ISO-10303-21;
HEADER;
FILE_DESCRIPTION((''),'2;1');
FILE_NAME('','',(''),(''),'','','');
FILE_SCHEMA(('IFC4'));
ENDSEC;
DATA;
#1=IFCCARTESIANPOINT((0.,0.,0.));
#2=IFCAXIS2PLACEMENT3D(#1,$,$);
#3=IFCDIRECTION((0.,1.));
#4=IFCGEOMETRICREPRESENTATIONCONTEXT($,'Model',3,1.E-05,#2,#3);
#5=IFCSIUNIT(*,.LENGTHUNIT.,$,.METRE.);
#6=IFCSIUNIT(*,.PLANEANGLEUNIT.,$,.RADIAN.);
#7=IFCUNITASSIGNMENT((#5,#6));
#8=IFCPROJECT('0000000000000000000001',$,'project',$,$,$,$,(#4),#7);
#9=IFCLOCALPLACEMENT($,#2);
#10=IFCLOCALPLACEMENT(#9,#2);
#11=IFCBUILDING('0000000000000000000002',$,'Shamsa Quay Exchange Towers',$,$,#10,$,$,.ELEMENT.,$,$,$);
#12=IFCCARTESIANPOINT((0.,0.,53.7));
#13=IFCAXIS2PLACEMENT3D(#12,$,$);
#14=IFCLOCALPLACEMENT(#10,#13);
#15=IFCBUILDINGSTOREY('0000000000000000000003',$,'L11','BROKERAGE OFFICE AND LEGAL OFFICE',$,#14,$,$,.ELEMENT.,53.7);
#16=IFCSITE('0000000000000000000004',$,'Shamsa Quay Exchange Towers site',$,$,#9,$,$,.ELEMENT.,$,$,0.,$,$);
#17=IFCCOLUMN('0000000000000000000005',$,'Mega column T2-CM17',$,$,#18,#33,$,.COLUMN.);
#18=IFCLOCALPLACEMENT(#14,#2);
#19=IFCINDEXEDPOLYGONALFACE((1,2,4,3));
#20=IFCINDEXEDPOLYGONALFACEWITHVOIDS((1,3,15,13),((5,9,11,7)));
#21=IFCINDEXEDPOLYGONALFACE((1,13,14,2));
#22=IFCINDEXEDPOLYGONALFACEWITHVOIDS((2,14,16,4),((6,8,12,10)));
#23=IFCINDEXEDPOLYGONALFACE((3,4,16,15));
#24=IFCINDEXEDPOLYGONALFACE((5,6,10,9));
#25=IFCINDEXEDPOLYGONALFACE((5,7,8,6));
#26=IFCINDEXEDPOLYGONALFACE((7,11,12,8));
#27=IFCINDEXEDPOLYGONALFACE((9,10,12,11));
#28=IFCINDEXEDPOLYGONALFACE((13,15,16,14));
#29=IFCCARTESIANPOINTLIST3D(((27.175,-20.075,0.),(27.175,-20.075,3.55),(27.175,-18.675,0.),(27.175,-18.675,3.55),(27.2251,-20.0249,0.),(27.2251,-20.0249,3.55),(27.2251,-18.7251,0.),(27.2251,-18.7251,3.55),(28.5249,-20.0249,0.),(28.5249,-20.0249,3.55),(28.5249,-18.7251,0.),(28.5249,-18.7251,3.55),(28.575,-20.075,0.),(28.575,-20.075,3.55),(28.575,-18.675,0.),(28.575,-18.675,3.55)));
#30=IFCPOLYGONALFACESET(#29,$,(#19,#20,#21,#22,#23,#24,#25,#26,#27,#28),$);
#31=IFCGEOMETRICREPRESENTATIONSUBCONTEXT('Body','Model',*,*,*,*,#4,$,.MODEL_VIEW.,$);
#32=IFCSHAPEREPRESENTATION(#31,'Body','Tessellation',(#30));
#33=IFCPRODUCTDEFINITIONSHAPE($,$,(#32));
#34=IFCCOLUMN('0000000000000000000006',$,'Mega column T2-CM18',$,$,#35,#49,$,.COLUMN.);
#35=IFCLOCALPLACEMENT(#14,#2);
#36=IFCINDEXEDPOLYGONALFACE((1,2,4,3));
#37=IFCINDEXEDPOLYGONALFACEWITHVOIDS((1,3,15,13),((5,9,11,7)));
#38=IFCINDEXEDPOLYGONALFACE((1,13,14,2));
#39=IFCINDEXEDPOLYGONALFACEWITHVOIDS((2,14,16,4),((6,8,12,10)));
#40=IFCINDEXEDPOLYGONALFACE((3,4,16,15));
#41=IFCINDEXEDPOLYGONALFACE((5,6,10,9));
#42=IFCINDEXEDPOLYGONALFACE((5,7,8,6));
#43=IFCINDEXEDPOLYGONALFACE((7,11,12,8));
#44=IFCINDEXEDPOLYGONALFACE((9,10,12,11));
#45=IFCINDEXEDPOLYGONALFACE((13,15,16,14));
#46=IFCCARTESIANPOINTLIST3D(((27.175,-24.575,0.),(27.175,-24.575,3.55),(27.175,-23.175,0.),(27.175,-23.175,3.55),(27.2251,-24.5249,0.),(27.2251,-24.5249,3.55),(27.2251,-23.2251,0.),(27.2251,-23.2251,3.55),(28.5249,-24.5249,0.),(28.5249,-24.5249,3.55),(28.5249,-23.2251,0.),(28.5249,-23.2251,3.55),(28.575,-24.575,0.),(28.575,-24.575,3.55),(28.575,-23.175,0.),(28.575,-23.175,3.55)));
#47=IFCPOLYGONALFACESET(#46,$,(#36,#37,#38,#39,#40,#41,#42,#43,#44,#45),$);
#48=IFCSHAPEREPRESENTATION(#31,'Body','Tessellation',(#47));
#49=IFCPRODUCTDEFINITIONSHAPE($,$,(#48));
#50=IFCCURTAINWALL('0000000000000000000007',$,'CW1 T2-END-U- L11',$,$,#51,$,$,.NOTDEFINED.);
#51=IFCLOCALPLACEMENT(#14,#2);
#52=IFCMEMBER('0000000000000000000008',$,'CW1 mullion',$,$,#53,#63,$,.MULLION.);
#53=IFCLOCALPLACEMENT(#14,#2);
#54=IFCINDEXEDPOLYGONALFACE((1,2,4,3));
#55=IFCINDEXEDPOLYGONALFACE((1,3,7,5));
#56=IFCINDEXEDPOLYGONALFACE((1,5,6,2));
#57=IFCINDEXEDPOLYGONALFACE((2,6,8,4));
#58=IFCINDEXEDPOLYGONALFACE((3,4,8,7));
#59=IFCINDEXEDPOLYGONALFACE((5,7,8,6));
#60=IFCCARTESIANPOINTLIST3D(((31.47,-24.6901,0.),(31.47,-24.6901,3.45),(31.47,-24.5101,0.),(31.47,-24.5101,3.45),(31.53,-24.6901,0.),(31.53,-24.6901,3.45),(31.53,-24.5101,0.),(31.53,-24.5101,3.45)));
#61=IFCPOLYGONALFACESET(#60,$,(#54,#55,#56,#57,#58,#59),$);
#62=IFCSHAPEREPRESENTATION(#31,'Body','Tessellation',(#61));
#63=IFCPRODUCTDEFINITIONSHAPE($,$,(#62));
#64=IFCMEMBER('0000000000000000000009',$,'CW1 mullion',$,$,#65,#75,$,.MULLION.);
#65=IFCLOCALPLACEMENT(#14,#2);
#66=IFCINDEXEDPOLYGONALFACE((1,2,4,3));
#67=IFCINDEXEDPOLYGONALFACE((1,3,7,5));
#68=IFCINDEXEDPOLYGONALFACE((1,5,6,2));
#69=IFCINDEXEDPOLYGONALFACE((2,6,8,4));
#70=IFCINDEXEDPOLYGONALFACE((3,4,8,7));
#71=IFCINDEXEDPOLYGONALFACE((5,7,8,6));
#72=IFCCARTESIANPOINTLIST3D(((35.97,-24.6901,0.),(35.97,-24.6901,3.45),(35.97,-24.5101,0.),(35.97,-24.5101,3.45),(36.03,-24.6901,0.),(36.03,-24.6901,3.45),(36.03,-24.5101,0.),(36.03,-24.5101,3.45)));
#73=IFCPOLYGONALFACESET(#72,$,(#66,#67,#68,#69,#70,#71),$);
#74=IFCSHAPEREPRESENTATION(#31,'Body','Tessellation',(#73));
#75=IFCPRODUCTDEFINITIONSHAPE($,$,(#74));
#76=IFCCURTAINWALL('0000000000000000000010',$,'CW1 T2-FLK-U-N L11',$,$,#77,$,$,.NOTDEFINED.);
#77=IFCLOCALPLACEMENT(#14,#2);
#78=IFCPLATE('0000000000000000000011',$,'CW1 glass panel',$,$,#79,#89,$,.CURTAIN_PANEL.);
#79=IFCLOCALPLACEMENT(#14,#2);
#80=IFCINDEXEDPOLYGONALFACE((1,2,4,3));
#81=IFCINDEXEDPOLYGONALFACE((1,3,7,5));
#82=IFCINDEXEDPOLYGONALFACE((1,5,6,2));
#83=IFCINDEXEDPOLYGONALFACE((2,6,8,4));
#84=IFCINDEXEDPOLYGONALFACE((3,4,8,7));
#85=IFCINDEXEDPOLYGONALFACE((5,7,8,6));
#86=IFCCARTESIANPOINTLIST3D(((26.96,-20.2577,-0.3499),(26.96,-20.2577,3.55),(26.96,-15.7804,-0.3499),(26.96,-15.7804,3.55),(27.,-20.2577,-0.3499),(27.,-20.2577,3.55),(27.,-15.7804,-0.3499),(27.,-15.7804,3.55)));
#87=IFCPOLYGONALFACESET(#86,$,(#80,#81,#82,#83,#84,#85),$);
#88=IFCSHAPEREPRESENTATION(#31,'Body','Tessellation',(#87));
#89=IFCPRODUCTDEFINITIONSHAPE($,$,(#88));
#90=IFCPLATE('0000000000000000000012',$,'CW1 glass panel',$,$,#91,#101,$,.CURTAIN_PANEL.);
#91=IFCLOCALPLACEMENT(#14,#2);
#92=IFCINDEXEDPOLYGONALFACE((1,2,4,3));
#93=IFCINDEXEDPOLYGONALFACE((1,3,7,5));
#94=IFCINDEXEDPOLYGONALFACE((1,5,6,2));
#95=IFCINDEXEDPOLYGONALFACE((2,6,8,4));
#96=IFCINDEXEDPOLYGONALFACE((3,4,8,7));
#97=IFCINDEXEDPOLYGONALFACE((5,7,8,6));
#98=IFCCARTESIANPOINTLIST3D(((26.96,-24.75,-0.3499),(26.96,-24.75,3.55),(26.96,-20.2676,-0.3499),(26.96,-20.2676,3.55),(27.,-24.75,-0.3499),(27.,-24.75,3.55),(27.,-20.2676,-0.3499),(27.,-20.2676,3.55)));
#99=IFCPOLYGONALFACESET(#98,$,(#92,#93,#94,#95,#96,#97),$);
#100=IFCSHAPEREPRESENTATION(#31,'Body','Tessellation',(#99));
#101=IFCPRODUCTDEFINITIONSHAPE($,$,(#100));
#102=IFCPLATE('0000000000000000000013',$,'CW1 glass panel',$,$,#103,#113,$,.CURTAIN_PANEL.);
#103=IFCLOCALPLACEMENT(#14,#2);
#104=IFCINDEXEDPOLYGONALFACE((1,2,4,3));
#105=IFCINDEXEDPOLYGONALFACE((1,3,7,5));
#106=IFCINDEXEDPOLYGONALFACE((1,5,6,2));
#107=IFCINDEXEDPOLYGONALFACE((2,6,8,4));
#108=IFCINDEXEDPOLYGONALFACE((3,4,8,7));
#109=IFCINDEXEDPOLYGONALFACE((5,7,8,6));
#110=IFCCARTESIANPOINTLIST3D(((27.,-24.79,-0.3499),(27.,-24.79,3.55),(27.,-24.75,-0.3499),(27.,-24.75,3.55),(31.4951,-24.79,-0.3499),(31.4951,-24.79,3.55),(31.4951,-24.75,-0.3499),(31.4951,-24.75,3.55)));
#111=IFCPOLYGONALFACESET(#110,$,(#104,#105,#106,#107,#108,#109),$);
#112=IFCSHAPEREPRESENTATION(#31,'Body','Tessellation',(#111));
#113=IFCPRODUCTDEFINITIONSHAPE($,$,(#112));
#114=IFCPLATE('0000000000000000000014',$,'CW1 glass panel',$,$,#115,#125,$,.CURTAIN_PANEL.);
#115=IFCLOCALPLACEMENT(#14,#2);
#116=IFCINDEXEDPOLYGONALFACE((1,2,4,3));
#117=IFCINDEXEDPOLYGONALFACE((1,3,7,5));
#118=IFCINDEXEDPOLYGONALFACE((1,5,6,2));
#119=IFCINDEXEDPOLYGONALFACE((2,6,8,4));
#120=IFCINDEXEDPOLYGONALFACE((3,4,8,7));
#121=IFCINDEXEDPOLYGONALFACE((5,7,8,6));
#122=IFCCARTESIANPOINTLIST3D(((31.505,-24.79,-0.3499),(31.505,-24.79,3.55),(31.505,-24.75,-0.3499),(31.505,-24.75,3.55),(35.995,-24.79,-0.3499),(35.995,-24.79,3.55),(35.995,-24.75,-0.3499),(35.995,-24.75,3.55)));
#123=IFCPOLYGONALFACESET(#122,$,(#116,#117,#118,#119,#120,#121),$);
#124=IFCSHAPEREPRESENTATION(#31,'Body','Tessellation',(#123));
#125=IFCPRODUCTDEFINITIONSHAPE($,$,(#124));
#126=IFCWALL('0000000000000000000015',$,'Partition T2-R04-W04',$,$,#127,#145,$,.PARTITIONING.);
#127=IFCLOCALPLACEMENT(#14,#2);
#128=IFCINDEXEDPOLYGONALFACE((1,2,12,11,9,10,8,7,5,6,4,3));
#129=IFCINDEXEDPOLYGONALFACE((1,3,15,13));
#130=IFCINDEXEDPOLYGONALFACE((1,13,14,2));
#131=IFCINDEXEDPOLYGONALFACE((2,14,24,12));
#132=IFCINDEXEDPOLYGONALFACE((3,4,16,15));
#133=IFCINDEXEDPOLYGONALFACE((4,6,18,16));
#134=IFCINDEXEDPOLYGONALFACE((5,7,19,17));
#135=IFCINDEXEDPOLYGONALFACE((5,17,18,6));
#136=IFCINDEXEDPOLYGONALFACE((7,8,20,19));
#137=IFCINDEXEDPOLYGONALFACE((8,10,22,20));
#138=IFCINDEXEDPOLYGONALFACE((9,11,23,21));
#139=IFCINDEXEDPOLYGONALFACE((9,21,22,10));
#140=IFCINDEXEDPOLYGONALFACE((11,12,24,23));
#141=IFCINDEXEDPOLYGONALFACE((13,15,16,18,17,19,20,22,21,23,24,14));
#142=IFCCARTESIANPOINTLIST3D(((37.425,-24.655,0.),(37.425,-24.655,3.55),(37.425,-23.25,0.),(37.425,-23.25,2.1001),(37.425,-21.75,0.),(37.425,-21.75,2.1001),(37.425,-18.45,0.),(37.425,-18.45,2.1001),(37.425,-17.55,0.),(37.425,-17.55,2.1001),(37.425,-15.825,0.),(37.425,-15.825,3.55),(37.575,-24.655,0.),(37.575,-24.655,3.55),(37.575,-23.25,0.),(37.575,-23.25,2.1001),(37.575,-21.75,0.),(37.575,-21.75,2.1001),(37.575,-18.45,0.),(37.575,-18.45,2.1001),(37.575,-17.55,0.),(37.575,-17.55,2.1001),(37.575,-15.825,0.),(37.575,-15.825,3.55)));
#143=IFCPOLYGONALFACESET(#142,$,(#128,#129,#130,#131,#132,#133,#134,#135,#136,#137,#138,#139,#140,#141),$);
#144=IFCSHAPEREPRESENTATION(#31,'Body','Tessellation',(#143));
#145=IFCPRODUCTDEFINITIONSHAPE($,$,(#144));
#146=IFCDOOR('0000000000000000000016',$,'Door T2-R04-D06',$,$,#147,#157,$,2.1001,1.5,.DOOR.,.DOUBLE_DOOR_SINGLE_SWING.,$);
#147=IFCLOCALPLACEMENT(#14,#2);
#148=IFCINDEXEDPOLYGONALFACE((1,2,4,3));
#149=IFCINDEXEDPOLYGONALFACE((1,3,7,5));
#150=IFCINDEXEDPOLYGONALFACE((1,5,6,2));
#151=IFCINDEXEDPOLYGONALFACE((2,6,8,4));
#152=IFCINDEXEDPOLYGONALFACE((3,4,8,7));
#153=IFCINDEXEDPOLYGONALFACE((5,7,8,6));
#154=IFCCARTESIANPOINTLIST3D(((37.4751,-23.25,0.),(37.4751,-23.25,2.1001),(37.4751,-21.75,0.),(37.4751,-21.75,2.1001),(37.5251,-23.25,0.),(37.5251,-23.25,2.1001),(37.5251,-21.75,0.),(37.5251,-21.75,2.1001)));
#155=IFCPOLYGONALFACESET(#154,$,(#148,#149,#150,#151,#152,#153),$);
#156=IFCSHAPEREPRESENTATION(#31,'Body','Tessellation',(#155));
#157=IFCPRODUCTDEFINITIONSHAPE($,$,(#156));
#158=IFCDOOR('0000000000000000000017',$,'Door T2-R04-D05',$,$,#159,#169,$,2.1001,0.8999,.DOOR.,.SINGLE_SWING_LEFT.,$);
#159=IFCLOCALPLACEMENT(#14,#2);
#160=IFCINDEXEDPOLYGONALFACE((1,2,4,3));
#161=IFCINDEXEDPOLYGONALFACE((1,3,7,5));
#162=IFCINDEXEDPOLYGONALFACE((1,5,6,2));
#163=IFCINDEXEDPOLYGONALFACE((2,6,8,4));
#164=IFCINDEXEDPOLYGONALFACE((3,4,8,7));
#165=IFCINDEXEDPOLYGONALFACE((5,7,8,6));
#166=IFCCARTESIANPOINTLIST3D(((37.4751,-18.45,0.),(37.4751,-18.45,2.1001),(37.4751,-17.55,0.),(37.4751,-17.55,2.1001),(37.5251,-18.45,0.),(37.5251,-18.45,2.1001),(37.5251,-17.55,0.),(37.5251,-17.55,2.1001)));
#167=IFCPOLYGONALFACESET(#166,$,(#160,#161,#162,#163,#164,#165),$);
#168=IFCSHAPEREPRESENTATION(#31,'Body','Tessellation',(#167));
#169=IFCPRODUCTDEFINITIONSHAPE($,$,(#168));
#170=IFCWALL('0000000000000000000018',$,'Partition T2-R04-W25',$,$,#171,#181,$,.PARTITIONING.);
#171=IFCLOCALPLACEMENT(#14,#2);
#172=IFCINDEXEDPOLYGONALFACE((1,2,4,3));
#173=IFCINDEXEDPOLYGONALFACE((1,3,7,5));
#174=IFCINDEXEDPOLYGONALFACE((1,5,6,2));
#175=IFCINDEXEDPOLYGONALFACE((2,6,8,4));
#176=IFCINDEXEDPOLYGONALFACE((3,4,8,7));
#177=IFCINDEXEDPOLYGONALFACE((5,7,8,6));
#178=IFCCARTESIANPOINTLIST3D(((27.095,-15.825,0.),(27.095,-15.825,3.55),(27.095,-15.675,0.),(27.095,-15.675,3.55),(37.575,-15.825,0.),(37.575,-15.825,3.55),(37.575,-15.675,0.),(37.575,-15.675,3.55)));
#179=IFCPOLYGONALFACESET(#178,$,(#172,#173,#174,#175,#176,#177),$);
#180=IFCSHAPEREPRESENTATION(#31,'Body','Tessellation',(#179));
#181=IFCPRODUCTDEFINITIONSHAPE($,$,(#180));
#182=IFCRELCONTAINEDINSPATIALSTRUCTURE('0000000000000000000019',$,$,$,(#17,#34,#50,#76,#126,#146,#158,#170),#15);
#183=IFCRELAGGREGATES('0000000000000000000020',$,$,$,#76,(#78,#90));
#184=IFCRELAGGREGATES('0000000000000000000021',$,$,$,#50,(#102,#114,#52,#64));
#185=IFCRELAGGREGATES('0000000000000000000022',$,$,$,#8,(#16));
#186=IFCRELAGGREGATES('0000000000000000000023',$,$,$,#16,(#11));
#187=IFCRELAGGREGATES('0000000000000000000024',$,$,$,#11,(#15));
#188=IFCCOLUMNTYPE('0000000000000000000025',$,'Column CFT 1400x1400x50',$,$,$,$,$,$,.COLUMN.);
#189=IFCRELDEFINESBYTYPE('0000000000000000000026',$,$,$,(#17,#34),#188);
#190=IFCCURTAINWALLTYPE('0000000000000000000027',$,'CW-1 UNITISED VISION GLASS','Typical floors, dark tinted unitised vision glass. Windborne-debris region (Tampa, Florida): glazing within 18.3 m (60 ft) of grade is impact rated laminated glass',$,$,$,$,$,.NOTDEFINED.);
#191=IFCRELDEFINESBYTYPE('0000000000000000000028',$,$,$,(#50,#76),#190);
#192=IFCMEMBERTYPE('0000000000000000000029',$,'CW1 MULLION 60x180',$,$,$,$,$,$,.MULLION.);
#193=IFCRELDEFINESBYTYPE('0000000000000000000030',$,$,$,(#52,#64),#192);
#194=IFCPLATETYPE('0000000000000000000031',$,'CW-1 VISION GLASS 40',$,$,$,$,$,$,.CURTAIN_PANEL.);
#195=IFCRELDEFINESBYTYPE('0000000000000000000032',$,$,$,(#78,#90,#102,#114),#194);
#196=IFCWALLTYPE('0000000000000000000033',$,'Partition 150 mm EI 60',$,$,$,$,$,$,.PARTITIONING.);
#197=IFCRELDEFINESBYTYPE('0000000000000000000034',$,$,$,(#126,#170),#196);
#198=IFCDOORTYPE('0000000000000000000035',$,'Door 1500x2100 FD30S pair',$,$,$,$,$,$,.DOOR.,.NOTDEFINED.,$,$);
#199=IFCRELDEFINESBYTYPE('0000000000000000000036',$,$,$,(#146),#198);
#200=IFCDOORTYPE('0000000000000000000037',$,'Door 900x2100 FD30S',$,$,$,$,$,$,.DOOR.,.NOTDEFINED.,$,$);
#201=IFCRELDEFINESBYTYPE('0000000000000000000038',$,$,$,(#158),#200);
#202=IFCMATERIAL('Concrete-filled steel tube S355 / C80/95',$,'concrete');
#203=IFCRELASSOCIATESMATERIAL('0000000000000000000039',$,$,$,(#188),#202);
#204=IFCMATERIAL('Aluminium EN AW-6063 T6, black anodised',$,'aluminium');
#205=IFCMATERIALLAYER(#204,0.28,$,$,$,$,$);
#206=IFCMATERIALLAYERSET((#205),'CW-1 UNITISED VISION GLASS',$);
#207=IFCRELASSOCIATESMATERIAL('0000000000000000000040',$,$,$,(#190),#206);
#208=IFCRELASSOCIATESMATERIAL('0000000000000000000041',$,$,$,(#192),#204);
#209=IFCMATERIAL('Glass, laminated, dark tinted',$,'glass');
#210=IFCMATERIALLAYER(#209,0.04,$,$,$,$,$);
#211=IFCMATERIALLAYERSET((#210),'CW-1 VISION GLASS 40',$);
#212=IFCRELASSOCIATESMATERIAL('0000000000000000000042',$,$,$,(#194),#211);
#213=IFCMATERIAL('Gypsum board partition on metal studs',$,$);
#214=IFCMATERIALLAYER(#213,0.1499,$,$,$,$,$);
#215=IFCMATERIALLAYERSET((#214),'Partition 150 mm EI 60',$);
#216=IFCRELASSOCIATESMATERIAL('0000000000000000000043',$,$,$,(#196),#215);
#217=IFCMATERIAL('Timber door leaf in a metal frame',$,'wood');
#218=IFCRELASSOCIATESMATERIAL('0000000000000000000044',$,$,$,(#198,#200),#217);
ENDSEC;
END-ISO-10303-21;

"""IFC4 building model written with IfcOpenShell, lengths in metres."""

from ifc_helpers import new_model, si_unit, direction, frame, frame_2d, origin, origin_2d, place, context, subcontext, project, spatial, rectangle, hollow_rectangle, extrude, material, layer, layer_set, material_profile, profile_set, type_object, element, fill, aggregate, save


model = new_model("IFC4")

# Units and contexts
model_context = context("Model", 3, precision=1e-05, world=origin(), true_north=direction((0.0, 1.0)))
body_context = subcontext(model_context, "Body", "Model", "MODEL_VIEW")
ifc_project = project(units=[si_unit("LENGTHUNIT", "METRE"), si_unit("PLANEANGLEUNIT", "RADIAN")], contexts=[model_context])

# Site, building, storey
site_placement = place(None, origin())
site = spatial("IfcSite", under=ifc_project, at=site_placement, Name="Shamsa Quay Exchange Towers site", CompositionType="ELEMENT", RefElevation=0.0)
building_placement = place(site_placement, origin())
building = spatial("IfcBuilding", under=site, at=building_placement, Name="Shamsa Quay Exchange Towers", CompositionType="ELEMENT")
storey_placement = place(building_placement, frame((0.0, 0.0, 53.7)))
storey = spatial("IfcBuildingStorey", under=building, at=storey_placement, Name="L11", Description="BROKERAGE OFFICE AND LEGAL OFFICE", CompositionType="ELEMENT", Elevation=53.7)

# Columns
ifc_material_1 = material(Name="Concrete-filled steel tube S355 / C80/95", Category="concrete")
ifc_material_profile_1 = material_profile(ifc_material_1, hollow_rectangle(XDim=1.3999, YDim=1.3999, WallThickness=0.05, at=origin_2d()), Name="CFT 1400x1400x50")
ifc_profile_set_1 = profile_set([ifc_material_profile_1], Name="Concrete-filled steel tube S355 / C80/95")
column_type = type_object("IfcColumnType", Name="Column CFT 1400x1400x50", PredefinedType="COLUMN", material=ifc_profile_set_1)
for number, where, name in (
    (1, (27.875, -19.375, 0.0), "Mega column T2-CM17"),
    (2, (27.875, -23.875, 0.0), "Mega column T2-CM18"),
):
    element("IfcColumn", number, at=place(storey_placement, frame(where)), inside=storey, type_object=column_type, Name=name, PredefinedType="COLUMN", context=body_context, shape_type="SweptSolid", body=[
        extrude(hollow_rectangle(XDim=1.3999, YDim=1.3999, WallThickness=0.05, at=origin_2d()), origin(), (0.0, 0.0, 1.0), 3.55),
    ])

# Curtain wall, members
ifc_material_2 = material(Name="Aluminium EN AW-6063 T6, black anodised", Category="aluminium")
ifc_layer_1 = layer(ifc_material_2, 0.28)
ifc_layer_set_1 = layer_set([ifc_layer_1], Name="CW-1 UNITISED VISION GLASS")
curtain_wall_type = type_object("IfcCurtainWallType", Name="CW-1 UNITISED VISION GLASS", Description="Typical floors, dark tinted unitised vision glass. Windborne-debris region (Tampa, Florida): glazing within 18.3 m (60 ft) of grade is impact rated laminated glass", PredefinedType="NOTDEFINED", material=ifc_layer_set_1)
curtain_wall_1_placement = place(storey_placement, origin())
curtain_wall_1 = element("IfcCurtainWall", 3, at=curtain_wall_1_placement, inside=storey, type_object=curtain_wall_type, Name="CW1 T2-END-U- L11", PredefinedType="NOTDEFINED")
ifc_material_profile_2 = material_profile(ifc_material_2, rectangle(XDim=0.1799, YDim=0.0601, at=origin_2d()), Name="MU60x180")
ifc_profile_set_2 = profile_set([ifc_material_profile_2], Name="Aluminium EN AW-6063 T6, black anodised")
member_type = type_object("IfcMemberType", Name="CW1 MULLION 60x180", PredefinedType="MULLION", material=ifc_profile_set_2)
member_1_placement = place(storey_placement, frame((31.5, -24.6001, 0.0), z_axis=(0.0, 0.0, 1.0), x_axis=(0.0, 1.0, 0.0)))
member_1 = element("IfcMember", 4, at=member_1_placement, type_object=member_type, Name="CW1 mullion", PredefinedType="MULLION", context=body_context, shape_type="SweptSolid", body=[
    extrude(rectangle(XDim=0.1799, YDim=0.0601, at=origin_2d()), origin(), (0.0, 0.0, 1.0), 3.45),
])
member_2_placement = place(storey_placement, frame((36.0, -24.6001, 0.0), z_axis=(0.0, 0.0, 1.0), x_axis=(0.0, 1.0, 0.0)))
member_2 = element("IfcMember", 5, at=member_2_placement, type_object=member_type, Name="CW1 mullion", PredefinedType="MULLION", context=body_context, shape_type="SweptSolid", body=[
    extrude(rectangle(XDim=0.1799, YDim=0.0601, at=origin_2d()), origin(), (0.0, 0.0, 1.0), 3.45),
])

# Curtain wall, plates
curtain_wall_2_placement = place(storey_placement, origin())
curtain_wall_2 = element("IfcCurtainWall", 6, at=curtain_wall_2_placement, inside=storey, type_object=curtain_wall_type, Name="CW1 T2-FLK-U-N L11", PredefinedType="NOTDEFINED")
ifc_material_3 = material(Name="Glass, laminated, dark tinted", Category="glass")
ifc_layer_2 = layer(ifc_material_3, 0.04)
ifc_layer_set_2 = layer_set([ifc_layer_2], Name="CW-1 VISION GLASS 40")
plate_type = type_object("IfcPlateType", Name="CW-1 VISION GLASS 40", PredefinedType="CURTAIN_PANEL", material=ifc_layer_set_2)
plate_1_placement = place(storey_placement, frame((26.98, -18.019, -0.3499), z_axis=(0.0, 0.0, 1.0), x_axis=(0.0, -1.0, 0.0)))
plate_1 = element("IfcPlate", 7, at=plate_1_placement, type_object=plate_type, Name="CW1 glass panel", PredefinedType="CURTAIN_PANEL", context=body_context, shape_type="SweptSolid", body=[
    extrude(rectangle(XDim=4.4773, YDim=0.04, at=origin_2d()), origin(), (0.0, 0.0, 1.0), 3.8999),
])
plate_2_placement = place(storey_placement, frame((26.98, -22.5088, -0.3499), z_axis=(0.0, 0.0, 1.0), x_axis=(0.0, -1.0, 0.0)))
plate_2 = element("IfcPlate", 8, at=plate_2_placement, type_object=plate_type, Name="CW1 glass panel", PredefinedType="CURTAIN_PANEL", context=body_context, shape_type="SweptSolid", body=[
    extrude(rectangle(XDim=4.4824, YDim=0.04, at=origin_2d()), origin(), (0.0, 0.0, 1.0), 3.8999),
])
aggregate(curtain_wall_2, [plate_1, plate_2])

# Plates
plate_3_placement = place(storey_placement, frame((29.2476, -24.77, -0.3499)))
plate_3 = element("IfcPlate", 9, at=plate_3_placement, type_object=plate_type, Name="CW1 glass panel", PredefinedType="CURTAIN_PANEL", context=body_context, shape_type="SweptSolid", body=[
    extrude(rectangle(XDim=4.4951, YDim=0.04, at=origin_2d()), origin(), (0.0, 0.0, 1.0), 3.8999),
])
plate_4_placement = place(storey_placement, frame((33.75, -24.77, -0.3499)))
plate_4 = element("IfcPlate", 10, at=plate_4_placement, type_object=plate_type, Name="CW1 glass panel", PredefinedType="CURTAIN_PANEL", context=body_context, shape_type="SweptSolid", body=[
    extrude(rectangle(XDim=4.49, YDim=0.04, at=origin_2d()), origin(), (0.0, 0.0, 1.0), 3.8999),
])
aggregate(curtain_wall_1, [plate_3, plate_4, member_1, member_2])

# Wall, openings, doors
ifc_material_4 = material(Name="Gypsum board partition on metal studs")
ifc_layer_3 = layer(ifc_material_4, 0.1499)
ifc_layer_set_3 = layer_set([ifc_layer_3], Name="Partition 150 mm EI 60")
wall_type = type_object("IfcWallType", Name="Partition 150 mm EI 60", PredefinedType="PARTITIONING", material=ifc_layer_set_3)
wall_1_placement = place(storey_placement, frame((37.5, -24.655, 0.0), z_axis=(0.0, 0.0, 1.0), x_axis=(0.0, 1.0, 0.0)))
wall_1 = element("IfcWall", 11, at=wall_1_placement, inside=storey, type_object=wall_type, Name="Partition T2-R04-W04", PredefinedType="PARTITIONING", context=body_context, shape_type="SweptSolid", body=[
    extrude(rectangle(XDim=8.8301, YDim=0.1499, at=frame_2d((4.415, 0.0))), origin(), (0.0, 0.0, 1.0), 3.55),
])
opening_1_placement = place(wall_1_placement, frame((6.2051, 0.0, 0.0)))
opening_1 = element("IfcOpeningElement", 12, at=opening_1_placement, cuts=wall_1, PredefinedType="OPENING", context=body_context, shape_type="SweptSolid", body=[
    extrude(rectangle(XDim=0.8999, YDim=2.1001, at=frame_2d((0.45, 1.05))), frame((0.0, 0.085, 0.0), z_axis=(0.0, -1.0, 0.0), x_axis=(1.0, 0.0, 0.0)), (0.0, 0.0, 1.0), 0.1699),
])
opening_2_placement = place(wall_1_placement, frame((1.405, 0.0, 0.0)))
opening_2 = element("IfcOpeningElement", 13, at=opening_2_placement, cuts=wall_1, PredefinedType="OPENING", context=body_context, shape_type="SweptSolid", body=[
    extrude(rectangle(XDim=1.5, YDim=2.1001, at=frame_2d((0.75, 1.05))), frame((0.0, 0.085, 0.0), z_axis=(0.0, -1.0, 0.0), x_axis=(1.0, 0.0, 0.0)), (0.0, 0.0, 1.0), 0.1699),
])
ifc_material_5 = material(Name="Timber door leaf in a metal frame", Category="wood")
door_type_1 = type_object("IfcDoorType", Name="Door 1500x2100 FD30S pair", OperationType="NOTDEFINED", PredefinedType="DOOR", material=ifc_material_5)
door_1_placement = place(opening_2_placement, origin())
door_1 = element("IfcDoor", 14, at=door_1_placement, inside=storey, type_object=door_type_1, Name="Door T2-R04-D06", OperationType="DOUBLE_DOOR_SINGLE_SWING", OverallHeight=2.1001, OverallWidth=1.5, PredefinedType="DOOR", context=body_context, shape_type="SweptSolid", body=[
    extrude(rectangle(XDim=1.5, YDim=2.1001, at=frame_2d((0.75, 1.05))), frame((0.0, 0.0249, 0.0), z_axis=(0.0, -1.0, 0.0), x_axis=(1.0, 0.0, 0.0)), (0.0, 0.0, 1.0), 0.05),
])
fill(opening_2, door_1)
door_type_2 = type_object("IfcDoorType", Name="Door 900x2100 FD30S", OperationType="NOTDEFINED", PredefinedType="DOOR", material=ifc_material_5)
door_2_placement = place(opening_1_placement, origin())
door_2 = element("IfcDoor", 15, at=door_2_placement, inside=storey, type_object=door_type_2, Name="Door T2-R04-D05", OperationType="SINGLE_SWING_LEFT", OverallHeight=2.1001, OverallWidth=0.8999, PredefinedType="DOOR", context=body_context, shape_type="SweptSolid", body=[
    extrude(rectangle(XDim=0.8999, YDim=2.1001, at=frame_2d((0.45, 1.05))), frame((0.0, 0.0249, 0.0), z_axis=(0.0, -1.0, 0.0), x_axis=(1.0, 0.0, 0.0)), (0.0, 0.0, 1.0), 0.05),
])
fill(opening_1, door_2)

# Wall
wall_2_placement = place(storey_placement, frame((27.095, -15.75, 0.0)))
element("IfcWall", 16, at=wall_2_placement, inside=storey, type_object=wall_type, Name="Partition T2-R04-W25", PredefinedType="PARTITIONING", context=body_context, shape_type="SweptSolid", body=[
    extrude(rectangle(XDim=10.48, YDim=0.1499, at=frame_2d((5.24, 0.0))), origin(), (0.0, 0.0, 1.0), 3.55),
])

save(model, "model.ifc")
